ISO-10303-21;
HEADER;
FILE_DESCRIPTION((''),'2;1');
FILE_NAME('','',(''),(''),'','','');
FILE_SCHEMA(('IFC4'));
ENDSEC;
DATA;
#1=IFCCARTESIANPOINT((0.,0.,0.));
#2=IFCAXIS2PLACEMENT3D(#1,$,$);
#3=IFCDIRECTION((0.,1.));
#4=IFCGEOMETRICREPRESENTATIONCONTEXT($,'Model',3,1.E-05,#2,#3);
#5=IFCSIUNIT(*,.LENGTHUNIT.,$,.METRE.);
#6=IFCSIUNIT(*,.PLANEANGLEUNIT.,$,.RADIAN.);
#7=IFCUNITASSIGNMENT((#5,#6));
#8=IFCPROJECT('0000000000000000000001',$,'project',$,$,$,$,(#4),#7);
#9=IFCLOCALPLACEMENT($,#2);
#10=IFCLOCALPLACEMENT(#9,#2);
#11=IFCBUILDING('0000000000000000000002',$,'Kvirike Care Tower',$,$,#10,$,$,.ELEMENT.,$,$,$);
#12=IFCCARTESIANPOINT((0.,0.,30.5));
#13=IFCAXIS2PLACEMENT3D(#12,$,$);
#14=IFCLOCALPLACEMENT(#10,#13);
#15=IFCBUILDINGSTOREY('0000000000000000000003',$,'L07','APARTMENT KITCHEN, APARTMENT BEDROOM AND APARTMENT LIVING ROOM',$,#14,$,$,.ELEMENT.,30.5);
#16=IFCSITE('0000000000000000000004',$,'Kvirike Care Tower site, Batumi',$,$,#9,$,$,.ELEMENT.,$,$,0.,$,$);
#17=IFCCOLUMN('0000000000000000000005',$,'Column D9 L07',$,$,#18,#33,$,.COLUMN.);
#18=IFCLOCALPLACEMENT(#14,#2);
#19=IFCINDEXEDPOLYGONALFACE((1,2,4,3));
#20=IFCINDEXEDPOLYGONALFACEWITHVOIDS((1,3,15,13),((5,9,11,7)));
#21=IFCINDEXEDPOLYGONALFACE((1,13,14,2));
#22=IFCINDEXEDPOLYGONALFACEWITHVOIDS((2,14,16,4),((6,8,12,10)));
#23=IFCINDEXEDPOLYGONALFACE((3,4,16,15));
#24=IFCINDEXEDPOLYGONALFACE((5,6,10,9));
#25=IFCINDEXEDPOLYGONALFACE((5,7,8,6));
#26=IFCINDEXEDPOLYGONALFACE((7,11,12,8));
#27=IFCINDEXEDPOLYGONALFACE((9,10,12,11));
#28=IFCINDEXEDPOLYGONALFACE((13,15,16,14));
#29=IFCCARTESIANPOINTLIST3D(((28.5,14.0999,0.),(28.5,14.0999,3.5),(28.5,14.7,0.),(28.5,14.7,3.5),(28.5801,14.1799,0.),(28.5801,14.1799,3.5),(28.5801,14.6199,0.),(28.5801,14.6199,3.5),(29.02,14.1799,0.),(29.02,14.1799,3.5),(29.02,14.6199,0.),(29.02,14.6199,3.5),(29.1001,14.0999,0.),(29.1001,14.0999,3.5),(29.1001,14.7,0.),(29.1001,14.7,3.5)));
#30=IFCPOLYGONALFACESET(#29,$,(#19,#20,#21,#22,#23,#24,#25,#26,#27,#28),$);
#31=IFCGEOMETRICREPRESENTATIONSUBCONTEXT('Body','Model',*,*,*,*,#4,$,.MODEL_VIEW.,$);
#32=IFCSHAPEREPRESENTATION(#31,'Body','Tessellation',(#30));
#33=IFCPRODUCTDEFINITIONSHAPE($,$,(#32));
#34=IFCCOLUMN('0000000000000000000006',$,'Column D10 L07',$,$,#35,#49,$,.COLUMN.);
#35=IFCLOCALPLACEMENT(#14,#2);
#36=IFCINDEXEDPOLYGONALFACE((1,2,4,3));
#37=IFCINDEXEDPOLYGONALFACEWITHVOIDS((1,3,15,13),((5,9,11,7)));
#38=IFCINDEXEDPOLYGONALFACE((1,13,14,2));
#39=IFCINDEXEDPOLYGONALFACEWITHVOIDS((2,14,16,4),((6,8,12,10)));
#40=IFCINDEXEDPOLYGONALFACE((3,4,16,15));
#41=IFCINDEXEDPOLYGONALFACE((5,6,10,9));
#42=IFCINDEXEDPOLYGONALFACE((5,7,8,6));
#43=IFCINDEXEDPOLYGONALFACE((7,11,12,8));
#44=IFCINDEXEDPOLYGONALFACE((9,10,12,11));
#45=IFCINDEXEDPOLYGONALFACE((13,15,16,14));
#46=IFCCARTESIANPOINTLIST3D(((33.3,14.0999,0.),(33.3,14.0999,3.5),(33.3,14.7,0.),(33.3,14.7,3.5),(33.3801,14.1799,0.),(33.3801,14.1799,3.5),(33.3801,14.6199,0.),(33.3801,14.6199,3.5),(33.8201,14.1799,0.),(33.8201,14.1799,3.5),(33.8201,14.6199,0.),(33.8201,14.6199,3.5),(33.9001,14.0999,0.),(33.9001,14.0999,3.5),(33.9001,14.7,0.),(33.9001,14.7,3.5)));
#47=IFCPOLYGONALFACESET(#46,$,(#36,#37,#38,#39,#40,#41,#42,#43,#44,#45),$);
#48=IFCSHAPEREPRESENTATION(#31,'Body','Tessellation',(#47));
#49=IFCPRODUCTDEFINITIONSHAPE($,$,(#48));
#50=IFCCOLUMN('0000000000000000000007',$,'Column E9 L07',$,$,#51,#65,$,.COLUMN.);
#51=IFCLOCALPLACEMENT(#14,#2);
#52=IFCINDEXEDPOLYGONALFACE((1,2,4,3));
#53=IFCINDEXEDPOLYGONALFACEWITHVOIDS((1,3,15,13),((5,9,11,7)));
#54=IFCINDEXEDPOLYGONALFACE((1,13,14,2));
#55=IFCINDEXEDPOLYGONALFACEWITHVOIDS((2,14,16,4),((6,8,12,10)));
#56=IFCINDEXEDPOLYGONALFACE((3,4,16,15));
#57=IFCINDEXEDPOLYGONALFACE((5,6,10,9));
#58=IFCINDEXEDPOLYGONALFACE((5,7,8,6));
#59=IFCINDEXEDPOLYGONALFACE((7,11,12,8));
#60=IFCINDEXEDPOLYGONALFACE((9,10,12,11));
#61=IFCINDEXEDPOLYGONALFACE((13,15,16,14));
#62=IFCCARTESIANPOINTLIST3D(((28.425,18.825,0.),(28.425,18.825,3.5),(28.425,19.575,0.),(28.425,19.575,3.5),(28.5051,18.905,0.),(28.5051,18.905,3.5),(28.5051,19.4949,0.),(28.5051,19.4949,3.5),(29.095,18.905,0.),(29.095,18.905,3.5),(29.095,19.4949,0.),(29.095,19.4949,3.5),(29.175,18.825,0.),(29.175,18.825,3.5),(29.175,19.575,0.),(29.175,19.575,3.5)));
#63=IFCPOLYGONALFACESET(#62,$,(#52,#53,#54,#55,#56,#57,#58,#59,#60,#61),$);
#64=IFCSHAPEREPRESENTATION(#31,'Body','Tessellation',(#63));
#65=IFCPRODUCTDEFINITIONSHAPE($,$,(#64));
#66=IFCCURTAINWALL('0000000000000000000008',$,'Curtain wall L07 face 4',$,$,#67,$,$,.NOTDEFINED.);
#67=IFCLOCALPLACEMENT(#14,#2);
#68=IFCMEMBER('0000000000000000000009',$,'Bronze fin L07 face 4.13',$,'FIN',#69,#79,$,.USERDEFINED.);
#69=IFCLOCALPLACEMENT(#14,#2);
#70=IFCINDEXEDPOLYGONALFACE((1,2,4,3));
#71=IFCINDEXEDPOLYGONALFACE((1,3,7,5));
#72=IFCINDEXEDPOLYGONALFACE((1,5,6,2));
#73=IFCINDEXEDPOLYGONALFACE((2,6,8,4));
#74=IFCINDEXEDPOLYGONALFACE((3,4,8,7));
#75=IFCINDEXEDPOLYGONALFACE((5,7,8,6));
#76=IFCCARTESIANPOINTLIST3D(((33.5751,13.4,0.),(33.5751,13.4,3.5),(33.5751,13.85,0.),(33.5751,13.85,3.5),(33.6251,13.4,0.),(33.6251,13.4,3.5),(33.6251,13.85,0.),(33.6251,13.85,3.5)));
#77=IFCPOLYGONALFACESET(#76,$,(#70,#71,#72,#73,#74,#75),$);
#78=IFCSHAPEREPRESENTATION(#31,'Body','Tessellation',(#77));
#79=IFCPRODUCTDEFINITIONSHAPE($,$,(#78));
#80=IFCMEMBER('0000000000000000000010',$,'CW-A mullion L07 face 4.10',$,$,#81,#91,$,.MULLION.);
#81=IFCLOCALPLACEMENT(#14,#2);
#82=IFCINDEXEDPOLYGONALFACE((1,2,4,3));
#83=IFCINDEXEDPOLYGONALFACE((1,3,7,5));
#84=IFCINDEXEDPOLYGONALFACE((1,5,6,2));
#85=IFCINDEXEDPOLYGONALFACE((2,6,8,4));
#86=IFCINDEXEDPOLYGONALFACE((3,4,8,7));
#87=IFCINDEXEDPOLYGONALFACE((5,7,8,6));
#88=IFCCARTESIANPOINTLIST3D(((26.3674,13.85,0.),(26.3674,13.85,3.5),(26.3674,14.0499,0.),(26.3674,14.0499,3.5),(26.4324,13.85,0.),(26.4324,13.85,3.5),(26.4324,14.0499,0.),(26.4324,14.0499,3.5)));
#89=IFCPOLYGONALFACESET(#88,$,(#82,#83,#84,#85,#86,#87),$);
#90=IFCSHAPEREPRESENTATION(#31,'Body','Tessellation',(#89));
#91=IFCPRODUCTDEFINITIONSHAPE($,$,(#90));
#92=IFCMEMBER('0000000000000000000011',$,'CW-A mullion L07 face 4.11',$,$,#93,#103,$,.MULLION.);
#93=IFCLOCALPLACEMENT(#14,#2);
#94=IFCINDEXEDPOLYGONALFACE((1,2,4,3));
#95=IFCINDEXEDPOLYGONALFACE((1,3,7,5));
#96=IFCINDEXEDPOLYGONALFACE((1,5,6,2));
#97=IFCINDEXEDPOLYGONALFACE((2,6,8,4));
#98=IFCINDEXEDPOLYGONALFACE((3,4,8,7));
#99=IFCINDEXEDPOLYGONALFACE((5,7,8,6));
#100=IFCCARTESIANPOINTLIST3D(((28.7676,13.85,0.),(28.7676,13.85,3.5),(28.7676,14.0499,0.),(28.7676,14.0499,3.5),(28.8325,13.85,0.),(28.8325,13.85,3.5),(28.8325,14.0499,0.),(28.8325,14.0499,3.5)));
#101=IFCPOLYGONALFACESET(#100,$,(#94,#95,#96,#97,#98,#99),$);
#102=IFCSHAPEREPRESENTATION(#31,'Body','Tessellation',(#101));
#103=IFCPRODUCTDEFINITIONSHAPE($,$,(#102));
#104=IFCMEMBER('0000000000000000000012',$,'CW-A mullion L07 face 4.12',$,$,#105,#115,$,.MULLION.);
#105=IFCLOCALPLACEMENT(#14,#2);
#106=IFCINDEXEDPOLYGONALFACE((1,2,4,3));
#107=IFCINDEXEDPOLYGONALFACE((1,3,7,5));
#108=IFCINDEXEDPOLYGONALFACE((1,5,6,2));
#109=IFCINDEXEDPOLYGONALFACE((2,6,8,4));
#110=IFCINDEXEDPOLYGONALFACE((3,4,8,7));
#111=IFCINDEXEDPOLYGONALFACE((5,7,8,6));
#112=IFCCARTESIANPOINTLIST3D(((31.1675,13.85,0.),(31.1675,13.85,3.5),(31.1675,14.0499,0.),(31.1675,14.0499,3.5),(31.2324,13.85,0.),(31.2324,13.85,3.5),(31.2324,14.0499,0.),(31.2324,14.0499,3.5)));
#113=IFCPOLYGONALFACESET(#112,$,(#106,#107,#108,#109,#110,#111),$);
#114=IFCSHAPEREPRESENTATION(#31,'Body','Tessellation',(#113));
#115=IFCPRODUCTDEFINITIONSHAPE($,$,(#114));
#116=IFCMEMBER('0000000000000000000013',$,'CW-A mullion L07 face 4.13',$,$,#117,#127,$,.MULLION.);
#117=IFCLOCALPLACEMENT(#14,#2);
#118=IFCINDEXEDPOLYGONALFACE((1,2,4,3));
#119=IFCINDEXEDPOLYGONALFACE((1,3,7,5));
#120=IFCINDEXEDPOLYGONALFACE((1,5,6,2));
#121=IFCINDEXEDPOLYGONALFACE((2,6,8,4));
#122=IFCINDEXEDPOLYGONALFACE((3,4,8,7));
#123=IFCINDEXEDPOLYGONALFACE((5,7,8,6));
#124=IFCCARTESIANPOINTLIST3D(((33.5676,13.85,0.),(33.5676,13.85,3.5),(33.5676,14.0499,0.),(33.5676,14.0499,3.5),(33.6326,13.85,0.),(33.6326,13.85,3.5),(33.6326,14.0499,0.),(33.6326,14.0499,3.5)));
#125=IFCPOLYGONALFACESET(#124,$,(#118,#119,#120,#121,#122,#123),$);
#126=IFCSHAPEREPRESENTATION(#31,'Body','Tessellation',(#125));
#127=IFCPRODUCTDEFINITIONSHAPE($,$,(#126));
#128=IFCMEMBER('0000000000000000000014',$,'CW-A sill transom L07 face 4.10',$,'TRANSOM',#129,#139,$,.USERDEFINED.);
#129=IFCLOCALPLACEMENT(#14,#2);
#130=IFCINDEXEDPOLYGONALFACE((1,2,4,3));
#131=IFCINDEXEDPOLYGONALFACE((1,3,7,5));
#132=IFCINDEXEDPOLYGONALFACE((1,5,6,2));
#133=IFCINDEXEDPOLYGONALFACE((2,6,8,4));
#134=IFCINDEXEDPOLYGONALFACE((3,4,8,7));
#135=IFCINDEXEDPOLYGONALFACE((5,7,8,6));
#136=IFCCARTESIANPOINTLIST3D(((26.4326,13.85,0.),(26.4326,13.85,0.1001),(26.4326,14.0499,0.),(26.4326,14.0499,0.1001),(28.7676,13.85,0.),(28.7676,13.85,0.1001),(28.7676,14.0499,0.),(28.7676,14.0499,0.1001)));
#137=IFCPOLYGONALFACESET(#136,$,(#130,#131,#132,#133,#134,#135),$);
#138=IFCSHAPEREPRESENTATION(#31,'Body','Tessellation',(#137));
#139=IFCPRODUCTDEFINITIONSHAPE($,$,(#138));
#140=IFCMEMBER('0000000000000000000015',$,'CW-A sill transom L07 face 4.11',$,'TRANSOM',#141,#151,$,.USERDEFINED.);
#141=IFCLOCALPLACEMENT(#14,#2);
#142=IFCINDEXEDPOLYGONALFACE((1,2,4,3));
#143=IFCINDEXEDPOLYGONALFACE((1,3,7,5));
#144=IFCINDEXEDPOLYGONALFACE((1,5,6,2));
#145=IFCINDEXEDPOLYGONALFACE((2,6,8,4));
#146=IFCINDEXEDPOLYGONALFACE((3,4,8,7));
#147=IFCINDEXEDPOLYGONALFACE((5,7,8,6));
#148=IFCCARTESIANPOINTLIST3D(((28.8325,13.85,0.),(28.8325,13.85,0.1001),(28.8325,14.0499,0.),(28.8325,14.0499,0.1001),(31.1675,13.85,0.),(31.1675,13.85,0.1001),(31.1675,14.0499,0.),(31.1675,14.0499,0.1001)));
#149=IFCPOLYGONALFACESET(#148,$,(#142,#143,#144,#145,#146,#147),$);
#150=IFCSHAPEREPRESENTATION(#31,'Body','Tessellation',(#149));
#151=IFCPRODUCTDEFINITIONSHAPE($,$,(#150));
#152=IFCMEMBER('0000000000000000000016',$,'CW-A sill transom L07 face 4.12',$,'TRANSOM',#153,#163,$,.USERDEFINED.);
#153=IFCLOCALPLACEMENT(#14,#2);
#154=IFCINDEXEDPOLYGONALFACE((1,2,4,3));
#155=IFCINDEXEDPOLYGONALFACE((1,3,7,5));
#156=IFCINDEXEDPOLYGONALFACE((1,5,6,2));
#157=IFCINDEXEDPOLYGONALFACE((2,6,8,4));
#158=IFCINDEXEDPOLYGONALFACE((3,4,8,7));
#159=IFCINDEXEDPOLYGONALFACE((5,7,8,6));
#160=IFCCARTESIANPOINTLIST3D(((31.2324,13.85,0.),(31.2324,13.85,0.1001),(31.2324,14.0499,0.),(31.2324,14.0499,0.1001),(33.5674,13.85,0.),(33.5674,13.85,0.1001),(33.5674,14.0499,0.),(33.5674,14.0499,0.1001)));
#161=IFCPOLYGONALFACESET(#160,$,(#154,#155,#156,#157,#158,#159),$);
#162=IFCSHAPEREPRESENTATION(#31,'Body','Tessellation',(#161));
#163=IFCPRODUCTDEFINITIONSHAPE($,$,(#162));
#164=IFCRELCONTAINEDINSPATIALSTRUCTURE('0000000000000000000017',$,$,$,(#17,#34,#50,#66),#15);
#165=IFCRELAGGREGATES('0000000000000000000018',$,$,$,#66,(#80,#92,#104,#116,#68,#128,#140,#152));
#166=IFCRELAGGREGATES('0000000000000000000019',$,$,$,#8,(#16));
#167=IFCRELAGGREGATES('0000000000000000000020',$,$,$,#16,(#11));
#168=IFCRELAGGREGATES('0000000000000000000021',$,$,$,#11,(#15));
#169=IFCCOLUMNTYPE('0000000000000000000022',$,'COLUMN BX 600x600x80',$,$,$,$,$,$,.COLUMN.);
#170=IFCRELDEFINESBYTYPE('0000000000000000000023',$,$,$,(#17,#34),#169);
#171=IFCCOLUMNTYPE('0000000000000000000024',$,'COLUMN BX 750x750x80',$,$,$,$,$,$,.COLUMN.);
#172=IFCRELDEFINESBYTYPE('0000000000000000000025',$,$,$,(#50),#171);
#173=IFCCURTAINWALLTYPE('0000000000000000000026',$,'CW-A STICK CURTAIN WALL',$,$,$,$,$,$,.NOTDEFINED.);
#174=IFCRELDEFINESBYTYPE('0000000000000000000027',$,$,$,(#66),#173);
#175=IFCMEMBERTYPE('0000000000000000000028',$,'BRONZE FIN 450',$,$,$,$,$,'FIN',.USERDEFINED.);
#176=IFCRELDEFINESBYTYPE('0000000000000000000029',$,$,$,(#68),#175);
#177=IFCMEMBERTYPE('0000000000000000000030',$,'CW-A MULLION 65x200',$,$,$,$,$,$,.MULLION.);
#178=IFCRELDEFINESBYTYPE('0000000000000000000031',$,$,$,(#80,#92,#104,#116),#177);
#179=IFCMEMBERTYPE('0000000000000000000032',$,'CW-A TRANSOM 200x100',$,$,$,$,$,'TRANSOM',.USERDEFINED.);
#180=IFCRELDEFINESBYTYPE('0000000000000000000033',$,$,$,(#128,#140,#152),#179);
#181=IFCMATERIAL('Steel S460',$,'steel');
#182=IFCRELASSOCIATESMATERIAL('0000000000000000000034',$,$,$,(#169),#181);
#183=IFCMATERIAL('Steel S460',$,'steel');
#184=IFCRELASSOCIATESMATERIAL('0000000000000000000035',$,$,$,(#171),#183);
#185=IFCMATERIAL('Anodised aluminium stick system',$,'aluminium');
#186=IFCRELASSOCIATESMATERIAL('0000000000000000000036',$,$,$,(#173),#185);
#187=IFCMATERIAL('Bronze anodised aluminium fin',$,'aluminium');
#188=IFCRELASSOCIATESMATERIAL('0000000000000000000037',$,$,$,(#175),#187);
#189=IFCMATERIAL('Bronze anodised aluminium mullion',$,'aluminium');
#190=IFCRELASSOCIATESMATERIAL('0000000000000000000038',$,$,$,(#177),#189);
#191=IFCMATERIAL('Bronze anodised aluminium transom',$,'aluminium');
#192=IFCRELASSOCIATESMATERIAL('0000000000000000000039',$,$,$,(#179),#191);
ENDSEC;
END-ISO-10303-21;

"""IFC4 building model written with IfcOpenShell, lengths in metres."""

from ifc_helpers import new_model, si_unit, direction, frame, origin, origin_2d, place, context, subcontext, project, spatial, rectangle, hollow_rectangle, extrude, material, material_profile, profile_set, type_object, element, aggregate, save


model = new_model("IFC4")

# Units and contexts
model_context = context("Model", 3, precision=1e-05, world=origin(), true_north=direction((0.0, 1.0)))
body_context = subcontext(model_context, "Body", "Model", "MODEL_VIEW")
ifc_project = project(units=[si_unit("LENGTHUNIT", "METRE"), si_unit("PLANEANGLEUNIT", "RADIAN")], contexts=[model_context])

# Site, building, storey
site_placement = place(None, origin())
site = spatial("IfcSite", under=ifc_project, at=site_placement, Name="Kvirike Care Tower site, Batumi", CompositionType="ELEMENT", RefElevation=0.0)
building_placement = place(site_placement, origin())
building = spatial("IfcBuilding", under=site, at=building_placement, Name="Kvirike Care Tower", CompositionType="ELEMENT")
storey_placement = place(building_placement, frame((0.0, 0.0, 30.5)))
storey = spatial("IfcBuildingStorey", under=building, at=storey_placement, Name="L07", Description="APARTMENT KITCHEN, APARTMENT BEDROOM AND APARTMENT LIVING ROOM", CompositionType="ELEMENT", Elevation=30.5)

# Columns
ifc_material_1 = material(Name="Steel S460", Category="steel")
ifc_material_profile_1 = material_profile(ifc_material_1, hollow_rectangle(XDim=0.6001, YDim=0.6001, WallThickness=0.0801, at=origin_2d()), Name="BX 600x600x80")
ifc_profile_set_1 = profile_set([ifc_material_profile_1], Name="Steel S460")
column_type_1 = type_object("IfcColumnType", Name="COLUMN BX 600x600x80", PredefinedType="COLUMN", material=ifc_profile_set_1)
for number, where, z_axis, x_axis, name in (
    (1, (28.8, 14.3999, 0.0), (0.0, 0.0, 1.0), (0.0, 1.0, 0.0), "Column D9 L07"),
    (2, (33.6001, 14.3999, 0.0), (0.0, 0.0, 1.0), (0.0, 1.0, 0.0), "Column D10 L07"),
):
    element("IfcColumn", number, at=place(storey_placement, frame(where, z_axis=z_axis, x_axis=x_axis)), inside=storey, type_object=column_type_1, Name=name, PredefinedType="COLUMN", context=body_context, shape_type="SweptSolid", body=[
        extrude(hollow_rectangle(XDim=0.6001, YDim=0.6001, WallThickness=0.0801, at=origin_2d()), origin(), (0.0, 0.0, 1.0), 3.5),
    ])
ifc_material_2 = material(Name="Steel S460", Category="steel")
ifc_material_profile_2 = material_profile(ifc_material_2, hollow_rectangle(XDim=0.75, YDim=0.75, WallThickness=0.0801, at=origin_2d()), Name="BX 750x750x80")
ifc_profile_set_2 = profile_set([ifc_material_profile_2], Name="Steel S460")
column_type_2 = type_object("IfcColumnType", Name="COLUMN BX 750x750x80", PredefinedType="COLUMN", material=ifc_profile_set_2)
column_placement = place(storey_placement, frame((28.8, 19.2, 0.0), z_axis=(0.0, 0.0, 1.0), x_axis=(1.0, 0.0, 0.0)))
element("IfcColumn", 3, at=column_placement, inside=storey, type_object=column_type_2, Name="Column E9 L07", PredefinedType="COLUMN", context=body_context, shape_type="SweptSolid", body=[
    extrude(hollow_rectangle(XDim=0.75, YDim=0.75, WallThickness=0.0801, at=origin_2d()), origin(), (0.0, 0.0, 1.0), 3.5),
])

# Curtain wall, members
ifc_material_3 = material(Name="Anodised aluminium stick system", Category="aluminium")
curtain_wall_type = type_object("IfcCurtainWallType", Name="CW-A STICK CURTAIN WALL", PredefinedType="NOTDEFINED", material=ifc_material_3)
curtain_wall_placement = place(storey_placement, origin())
curtain_wall = element("IfcCurtainWall", 4, at=curtain_wall_placement, inside=storey, type_object=curtain_wall_type, Name="Curtain wall L07 face 4", PredefinedType="NOTDEFINED")
ifc_material_4 = material(Name="Bronze anodised aluminium fin", Category="aluminium")
ifc_material_profile_3 = material_profile(ifc_material_4, rectangle(XDim=0.05, YDim=0.45, at=origin_2d()), Name="BRONZE FIN 450")
ifc_profile_set_3 = profile_set([ifc_material_profile_3], Name="Bronze anodised aluminium fin")
member_type_1 = type_object("IfcMemberType", Name="BRONZE FIN 450", ElementType="FIN", PredefinedType="USERDEFINED", material=ifc_profile_set_3)
member_1_placement = place(storey_placement, frame((33.6001, 13.625, 0.0), z_axis=(0.0, 0.0, 1.0), x_axis=(1.0, 0.0, 0.0)))
member_1 = element("IfcMember", 5, at=member_1_placement, type_object=member_type_1, Name="Bronze fin L07 face 4.13", ObjectType="FIN", PredefinedType="USERDEFINED", context=body_context, shape_type="SweptSolid", body=[
    extrude(rectangle(XDim=0.05, YDim=0.45, at=origin_2d()), origin(), (0.0, 0.0, 1.0), 3.5),
])
ifc_material_5 = material(Name="Bronze anodised aluminium mullion", Category="aluminium")
ifc_material_profile_4 = material_profile(ifc_material_5, rectangle(XDim=0.0649, YDim=0.2, at=origin_2d()), Name="CW-A MULLION 65x200")
ifc_profile_set_4 = profile_set([ifc_material_profile_4], Name="Bronze anodised aluminium mullion")
member_type_2 = type_object("IfcMemberType", Name="CW-A MULLION 65x200", PredefinedType="MULLION", material=ifc_profile_set_4)
member_2_placement = place(storey_placement, frame((26.3999, 13.95, 0.0), z_axis=(0.0, 0.0, 1.0), x_axis=(1.0, 0.0, 0.0)))
member_2 = element("IfcMember", 6, at=member_2_placement, type_object=member_type_2, Name="CW-A mullion L07 face 4.10", PredefinedType="MULLION", context=body_context, shape_type="SweptSolid", body=[
    extrude(rectangle(XDim=0.0649, YDim=0.2, at=origin_2d()), origin(), (0.0, 0.0, 1.0), 3.5),
])
member_3_placement = place(storey_placement, frame((28.8, 13.95, 0.0), z_axis=(0.0, 0.0, 1.0), x_axis=(1.0, 0.0, 0.0)))
member_3 = element("IfcMember", 7, at=member_3_placement, type_object=member_type_2, Name="CW-A mullion L07 face 4.11", PredefinedType="MULLION", context=body_context, shape_type="SweptSolid", body=[
    extrude(rectangle(XDim=0.0649, YDim=0.2, at=origin_2d()), origin(), (0.0, 0.0, 1.0), 3.5),
])
member_4_placement = place(storey_placement, frame((31.2, 13.95, 0.0), z_axis=(0.0, 0.0, 1.0), x_axis=(1.0, 0.0, 0.0)))
member_4 = element("IfcMember", 8, at=member_4_placement, type_object=member_type_2, Name="CW-A mullion L07 face 4.12", PredefinedType="MULLION", context=body_context, shape_type="SweptSolid", body=[
    extrude(rectangle(XDim=0.0649, YDim=0.2, at=origin_2d()), origin(), (0.0, 0.0, 1.0), 3.5),
])
member_5_placement = place(storey_placement, frame((33.6001, 13.95, 0.0), z_axis=(0.0, 0.0, 1.0), x_axis=(1.0, 0.0, 0.0)))
member_5 = element("IfcMember", 9, at=member_5_placement, type_object=member_type_2, Name="CW-A mullion L07 face 4.13", PredefinedType="MULLION", context=body_context, shape_type="SweptSolid", body=[
    extrude(rectangle(XDim=0.0649, YDim=0.2, at=origin_2d()), origin(), (0.0, 0.0, 1.0), 3.5),
])
ifc_material_6 = material(Name="Bronze anodised aluminium transom", Category="aluminium")
ifc_material_profile_5 = material_profile(ifc_material_6, rectangle(XDim=0.2, YDim=0.1001, at=origin_2d()), Name="CW-A TRANSOM 200x100")
ifc_profile_set_5 = profile_set([ifc_material_profile_5], Name="Bronze anodised aluminium transom")
member_type_3 = type_object("IfcMemberType", Name="CW-A TRANSOM 200x100", ElementType="TRANSOM", PredefinedType="USERDEFINED", material=ifc_profile_set_5)
member_6_placement = place(storey_placement, frame((26.4326, 13.95, 0.05), z_axis=(1.0, 0.0, 0.0), x_axis=(0.0, 1.0, 0.0)))
member_6 = element("IfcMember", 10, at=member_6_placement, type_object=member_type_3, Name="CW-A sill transom L07 face 4.10", ObjectType="TRANSOM", PredefinedType="USERDEFINED", context=body_context, shape_type="SweptSolid", body=[
    extrude(rectangle(XDim=0.2, YDim=0.1001, at=origin_2d()), origin(), (0.0, 0.0, 1.0), 2.335),
])
member_7_placement = place(storey_placement, frame((28.8325, 13.95, 0.05), z_axis=(1.0, 0.0, 0.0), x_axis=(0.0, 1.0, 0.0)))
member_7 = element("IfcMember", 11, at=member_7_placement, type_object=member_type_3, Name="CW-A sill transom L07 face 4.11", ObjectType="TRANSOM", PredefinedType="USERDEFINED", context=body_context, shape_type="SweptSolid", body=[
    extrude(rectangle(XDim=0.2, YDim=0.1001, at=origin_2d()), origin(), (0.0, 0.0, 1.0), 2.335),
])
member_8_placement = place(storey_placement, frame((31.2324, 13.95, 0.05), z_axis=(1.0, 0.0, 0.0), x_axis=(0.0, 1.0, 0.0)))
member_8 = element("IfcMember", 12, at=member_8_placement, type_object=member_type_3, Name="CW-A sill transom L07 face 4.12", ObjectType="TRANSOM", PredefinedType="USERDEFINED", context=body_context, shape_type="SweptSolid", body=[
    extrude(rectangle(XDim=0.2, YDim=0.1001, at=origin_2d()), origin(), (0.0, 0.0, 1.0), 2.335),
])

aggregate(curtain_wall, [member_2, member_3, member_4, member_5, member_1, member_6, member_7, member_8])

save(model, "model.ifc")
